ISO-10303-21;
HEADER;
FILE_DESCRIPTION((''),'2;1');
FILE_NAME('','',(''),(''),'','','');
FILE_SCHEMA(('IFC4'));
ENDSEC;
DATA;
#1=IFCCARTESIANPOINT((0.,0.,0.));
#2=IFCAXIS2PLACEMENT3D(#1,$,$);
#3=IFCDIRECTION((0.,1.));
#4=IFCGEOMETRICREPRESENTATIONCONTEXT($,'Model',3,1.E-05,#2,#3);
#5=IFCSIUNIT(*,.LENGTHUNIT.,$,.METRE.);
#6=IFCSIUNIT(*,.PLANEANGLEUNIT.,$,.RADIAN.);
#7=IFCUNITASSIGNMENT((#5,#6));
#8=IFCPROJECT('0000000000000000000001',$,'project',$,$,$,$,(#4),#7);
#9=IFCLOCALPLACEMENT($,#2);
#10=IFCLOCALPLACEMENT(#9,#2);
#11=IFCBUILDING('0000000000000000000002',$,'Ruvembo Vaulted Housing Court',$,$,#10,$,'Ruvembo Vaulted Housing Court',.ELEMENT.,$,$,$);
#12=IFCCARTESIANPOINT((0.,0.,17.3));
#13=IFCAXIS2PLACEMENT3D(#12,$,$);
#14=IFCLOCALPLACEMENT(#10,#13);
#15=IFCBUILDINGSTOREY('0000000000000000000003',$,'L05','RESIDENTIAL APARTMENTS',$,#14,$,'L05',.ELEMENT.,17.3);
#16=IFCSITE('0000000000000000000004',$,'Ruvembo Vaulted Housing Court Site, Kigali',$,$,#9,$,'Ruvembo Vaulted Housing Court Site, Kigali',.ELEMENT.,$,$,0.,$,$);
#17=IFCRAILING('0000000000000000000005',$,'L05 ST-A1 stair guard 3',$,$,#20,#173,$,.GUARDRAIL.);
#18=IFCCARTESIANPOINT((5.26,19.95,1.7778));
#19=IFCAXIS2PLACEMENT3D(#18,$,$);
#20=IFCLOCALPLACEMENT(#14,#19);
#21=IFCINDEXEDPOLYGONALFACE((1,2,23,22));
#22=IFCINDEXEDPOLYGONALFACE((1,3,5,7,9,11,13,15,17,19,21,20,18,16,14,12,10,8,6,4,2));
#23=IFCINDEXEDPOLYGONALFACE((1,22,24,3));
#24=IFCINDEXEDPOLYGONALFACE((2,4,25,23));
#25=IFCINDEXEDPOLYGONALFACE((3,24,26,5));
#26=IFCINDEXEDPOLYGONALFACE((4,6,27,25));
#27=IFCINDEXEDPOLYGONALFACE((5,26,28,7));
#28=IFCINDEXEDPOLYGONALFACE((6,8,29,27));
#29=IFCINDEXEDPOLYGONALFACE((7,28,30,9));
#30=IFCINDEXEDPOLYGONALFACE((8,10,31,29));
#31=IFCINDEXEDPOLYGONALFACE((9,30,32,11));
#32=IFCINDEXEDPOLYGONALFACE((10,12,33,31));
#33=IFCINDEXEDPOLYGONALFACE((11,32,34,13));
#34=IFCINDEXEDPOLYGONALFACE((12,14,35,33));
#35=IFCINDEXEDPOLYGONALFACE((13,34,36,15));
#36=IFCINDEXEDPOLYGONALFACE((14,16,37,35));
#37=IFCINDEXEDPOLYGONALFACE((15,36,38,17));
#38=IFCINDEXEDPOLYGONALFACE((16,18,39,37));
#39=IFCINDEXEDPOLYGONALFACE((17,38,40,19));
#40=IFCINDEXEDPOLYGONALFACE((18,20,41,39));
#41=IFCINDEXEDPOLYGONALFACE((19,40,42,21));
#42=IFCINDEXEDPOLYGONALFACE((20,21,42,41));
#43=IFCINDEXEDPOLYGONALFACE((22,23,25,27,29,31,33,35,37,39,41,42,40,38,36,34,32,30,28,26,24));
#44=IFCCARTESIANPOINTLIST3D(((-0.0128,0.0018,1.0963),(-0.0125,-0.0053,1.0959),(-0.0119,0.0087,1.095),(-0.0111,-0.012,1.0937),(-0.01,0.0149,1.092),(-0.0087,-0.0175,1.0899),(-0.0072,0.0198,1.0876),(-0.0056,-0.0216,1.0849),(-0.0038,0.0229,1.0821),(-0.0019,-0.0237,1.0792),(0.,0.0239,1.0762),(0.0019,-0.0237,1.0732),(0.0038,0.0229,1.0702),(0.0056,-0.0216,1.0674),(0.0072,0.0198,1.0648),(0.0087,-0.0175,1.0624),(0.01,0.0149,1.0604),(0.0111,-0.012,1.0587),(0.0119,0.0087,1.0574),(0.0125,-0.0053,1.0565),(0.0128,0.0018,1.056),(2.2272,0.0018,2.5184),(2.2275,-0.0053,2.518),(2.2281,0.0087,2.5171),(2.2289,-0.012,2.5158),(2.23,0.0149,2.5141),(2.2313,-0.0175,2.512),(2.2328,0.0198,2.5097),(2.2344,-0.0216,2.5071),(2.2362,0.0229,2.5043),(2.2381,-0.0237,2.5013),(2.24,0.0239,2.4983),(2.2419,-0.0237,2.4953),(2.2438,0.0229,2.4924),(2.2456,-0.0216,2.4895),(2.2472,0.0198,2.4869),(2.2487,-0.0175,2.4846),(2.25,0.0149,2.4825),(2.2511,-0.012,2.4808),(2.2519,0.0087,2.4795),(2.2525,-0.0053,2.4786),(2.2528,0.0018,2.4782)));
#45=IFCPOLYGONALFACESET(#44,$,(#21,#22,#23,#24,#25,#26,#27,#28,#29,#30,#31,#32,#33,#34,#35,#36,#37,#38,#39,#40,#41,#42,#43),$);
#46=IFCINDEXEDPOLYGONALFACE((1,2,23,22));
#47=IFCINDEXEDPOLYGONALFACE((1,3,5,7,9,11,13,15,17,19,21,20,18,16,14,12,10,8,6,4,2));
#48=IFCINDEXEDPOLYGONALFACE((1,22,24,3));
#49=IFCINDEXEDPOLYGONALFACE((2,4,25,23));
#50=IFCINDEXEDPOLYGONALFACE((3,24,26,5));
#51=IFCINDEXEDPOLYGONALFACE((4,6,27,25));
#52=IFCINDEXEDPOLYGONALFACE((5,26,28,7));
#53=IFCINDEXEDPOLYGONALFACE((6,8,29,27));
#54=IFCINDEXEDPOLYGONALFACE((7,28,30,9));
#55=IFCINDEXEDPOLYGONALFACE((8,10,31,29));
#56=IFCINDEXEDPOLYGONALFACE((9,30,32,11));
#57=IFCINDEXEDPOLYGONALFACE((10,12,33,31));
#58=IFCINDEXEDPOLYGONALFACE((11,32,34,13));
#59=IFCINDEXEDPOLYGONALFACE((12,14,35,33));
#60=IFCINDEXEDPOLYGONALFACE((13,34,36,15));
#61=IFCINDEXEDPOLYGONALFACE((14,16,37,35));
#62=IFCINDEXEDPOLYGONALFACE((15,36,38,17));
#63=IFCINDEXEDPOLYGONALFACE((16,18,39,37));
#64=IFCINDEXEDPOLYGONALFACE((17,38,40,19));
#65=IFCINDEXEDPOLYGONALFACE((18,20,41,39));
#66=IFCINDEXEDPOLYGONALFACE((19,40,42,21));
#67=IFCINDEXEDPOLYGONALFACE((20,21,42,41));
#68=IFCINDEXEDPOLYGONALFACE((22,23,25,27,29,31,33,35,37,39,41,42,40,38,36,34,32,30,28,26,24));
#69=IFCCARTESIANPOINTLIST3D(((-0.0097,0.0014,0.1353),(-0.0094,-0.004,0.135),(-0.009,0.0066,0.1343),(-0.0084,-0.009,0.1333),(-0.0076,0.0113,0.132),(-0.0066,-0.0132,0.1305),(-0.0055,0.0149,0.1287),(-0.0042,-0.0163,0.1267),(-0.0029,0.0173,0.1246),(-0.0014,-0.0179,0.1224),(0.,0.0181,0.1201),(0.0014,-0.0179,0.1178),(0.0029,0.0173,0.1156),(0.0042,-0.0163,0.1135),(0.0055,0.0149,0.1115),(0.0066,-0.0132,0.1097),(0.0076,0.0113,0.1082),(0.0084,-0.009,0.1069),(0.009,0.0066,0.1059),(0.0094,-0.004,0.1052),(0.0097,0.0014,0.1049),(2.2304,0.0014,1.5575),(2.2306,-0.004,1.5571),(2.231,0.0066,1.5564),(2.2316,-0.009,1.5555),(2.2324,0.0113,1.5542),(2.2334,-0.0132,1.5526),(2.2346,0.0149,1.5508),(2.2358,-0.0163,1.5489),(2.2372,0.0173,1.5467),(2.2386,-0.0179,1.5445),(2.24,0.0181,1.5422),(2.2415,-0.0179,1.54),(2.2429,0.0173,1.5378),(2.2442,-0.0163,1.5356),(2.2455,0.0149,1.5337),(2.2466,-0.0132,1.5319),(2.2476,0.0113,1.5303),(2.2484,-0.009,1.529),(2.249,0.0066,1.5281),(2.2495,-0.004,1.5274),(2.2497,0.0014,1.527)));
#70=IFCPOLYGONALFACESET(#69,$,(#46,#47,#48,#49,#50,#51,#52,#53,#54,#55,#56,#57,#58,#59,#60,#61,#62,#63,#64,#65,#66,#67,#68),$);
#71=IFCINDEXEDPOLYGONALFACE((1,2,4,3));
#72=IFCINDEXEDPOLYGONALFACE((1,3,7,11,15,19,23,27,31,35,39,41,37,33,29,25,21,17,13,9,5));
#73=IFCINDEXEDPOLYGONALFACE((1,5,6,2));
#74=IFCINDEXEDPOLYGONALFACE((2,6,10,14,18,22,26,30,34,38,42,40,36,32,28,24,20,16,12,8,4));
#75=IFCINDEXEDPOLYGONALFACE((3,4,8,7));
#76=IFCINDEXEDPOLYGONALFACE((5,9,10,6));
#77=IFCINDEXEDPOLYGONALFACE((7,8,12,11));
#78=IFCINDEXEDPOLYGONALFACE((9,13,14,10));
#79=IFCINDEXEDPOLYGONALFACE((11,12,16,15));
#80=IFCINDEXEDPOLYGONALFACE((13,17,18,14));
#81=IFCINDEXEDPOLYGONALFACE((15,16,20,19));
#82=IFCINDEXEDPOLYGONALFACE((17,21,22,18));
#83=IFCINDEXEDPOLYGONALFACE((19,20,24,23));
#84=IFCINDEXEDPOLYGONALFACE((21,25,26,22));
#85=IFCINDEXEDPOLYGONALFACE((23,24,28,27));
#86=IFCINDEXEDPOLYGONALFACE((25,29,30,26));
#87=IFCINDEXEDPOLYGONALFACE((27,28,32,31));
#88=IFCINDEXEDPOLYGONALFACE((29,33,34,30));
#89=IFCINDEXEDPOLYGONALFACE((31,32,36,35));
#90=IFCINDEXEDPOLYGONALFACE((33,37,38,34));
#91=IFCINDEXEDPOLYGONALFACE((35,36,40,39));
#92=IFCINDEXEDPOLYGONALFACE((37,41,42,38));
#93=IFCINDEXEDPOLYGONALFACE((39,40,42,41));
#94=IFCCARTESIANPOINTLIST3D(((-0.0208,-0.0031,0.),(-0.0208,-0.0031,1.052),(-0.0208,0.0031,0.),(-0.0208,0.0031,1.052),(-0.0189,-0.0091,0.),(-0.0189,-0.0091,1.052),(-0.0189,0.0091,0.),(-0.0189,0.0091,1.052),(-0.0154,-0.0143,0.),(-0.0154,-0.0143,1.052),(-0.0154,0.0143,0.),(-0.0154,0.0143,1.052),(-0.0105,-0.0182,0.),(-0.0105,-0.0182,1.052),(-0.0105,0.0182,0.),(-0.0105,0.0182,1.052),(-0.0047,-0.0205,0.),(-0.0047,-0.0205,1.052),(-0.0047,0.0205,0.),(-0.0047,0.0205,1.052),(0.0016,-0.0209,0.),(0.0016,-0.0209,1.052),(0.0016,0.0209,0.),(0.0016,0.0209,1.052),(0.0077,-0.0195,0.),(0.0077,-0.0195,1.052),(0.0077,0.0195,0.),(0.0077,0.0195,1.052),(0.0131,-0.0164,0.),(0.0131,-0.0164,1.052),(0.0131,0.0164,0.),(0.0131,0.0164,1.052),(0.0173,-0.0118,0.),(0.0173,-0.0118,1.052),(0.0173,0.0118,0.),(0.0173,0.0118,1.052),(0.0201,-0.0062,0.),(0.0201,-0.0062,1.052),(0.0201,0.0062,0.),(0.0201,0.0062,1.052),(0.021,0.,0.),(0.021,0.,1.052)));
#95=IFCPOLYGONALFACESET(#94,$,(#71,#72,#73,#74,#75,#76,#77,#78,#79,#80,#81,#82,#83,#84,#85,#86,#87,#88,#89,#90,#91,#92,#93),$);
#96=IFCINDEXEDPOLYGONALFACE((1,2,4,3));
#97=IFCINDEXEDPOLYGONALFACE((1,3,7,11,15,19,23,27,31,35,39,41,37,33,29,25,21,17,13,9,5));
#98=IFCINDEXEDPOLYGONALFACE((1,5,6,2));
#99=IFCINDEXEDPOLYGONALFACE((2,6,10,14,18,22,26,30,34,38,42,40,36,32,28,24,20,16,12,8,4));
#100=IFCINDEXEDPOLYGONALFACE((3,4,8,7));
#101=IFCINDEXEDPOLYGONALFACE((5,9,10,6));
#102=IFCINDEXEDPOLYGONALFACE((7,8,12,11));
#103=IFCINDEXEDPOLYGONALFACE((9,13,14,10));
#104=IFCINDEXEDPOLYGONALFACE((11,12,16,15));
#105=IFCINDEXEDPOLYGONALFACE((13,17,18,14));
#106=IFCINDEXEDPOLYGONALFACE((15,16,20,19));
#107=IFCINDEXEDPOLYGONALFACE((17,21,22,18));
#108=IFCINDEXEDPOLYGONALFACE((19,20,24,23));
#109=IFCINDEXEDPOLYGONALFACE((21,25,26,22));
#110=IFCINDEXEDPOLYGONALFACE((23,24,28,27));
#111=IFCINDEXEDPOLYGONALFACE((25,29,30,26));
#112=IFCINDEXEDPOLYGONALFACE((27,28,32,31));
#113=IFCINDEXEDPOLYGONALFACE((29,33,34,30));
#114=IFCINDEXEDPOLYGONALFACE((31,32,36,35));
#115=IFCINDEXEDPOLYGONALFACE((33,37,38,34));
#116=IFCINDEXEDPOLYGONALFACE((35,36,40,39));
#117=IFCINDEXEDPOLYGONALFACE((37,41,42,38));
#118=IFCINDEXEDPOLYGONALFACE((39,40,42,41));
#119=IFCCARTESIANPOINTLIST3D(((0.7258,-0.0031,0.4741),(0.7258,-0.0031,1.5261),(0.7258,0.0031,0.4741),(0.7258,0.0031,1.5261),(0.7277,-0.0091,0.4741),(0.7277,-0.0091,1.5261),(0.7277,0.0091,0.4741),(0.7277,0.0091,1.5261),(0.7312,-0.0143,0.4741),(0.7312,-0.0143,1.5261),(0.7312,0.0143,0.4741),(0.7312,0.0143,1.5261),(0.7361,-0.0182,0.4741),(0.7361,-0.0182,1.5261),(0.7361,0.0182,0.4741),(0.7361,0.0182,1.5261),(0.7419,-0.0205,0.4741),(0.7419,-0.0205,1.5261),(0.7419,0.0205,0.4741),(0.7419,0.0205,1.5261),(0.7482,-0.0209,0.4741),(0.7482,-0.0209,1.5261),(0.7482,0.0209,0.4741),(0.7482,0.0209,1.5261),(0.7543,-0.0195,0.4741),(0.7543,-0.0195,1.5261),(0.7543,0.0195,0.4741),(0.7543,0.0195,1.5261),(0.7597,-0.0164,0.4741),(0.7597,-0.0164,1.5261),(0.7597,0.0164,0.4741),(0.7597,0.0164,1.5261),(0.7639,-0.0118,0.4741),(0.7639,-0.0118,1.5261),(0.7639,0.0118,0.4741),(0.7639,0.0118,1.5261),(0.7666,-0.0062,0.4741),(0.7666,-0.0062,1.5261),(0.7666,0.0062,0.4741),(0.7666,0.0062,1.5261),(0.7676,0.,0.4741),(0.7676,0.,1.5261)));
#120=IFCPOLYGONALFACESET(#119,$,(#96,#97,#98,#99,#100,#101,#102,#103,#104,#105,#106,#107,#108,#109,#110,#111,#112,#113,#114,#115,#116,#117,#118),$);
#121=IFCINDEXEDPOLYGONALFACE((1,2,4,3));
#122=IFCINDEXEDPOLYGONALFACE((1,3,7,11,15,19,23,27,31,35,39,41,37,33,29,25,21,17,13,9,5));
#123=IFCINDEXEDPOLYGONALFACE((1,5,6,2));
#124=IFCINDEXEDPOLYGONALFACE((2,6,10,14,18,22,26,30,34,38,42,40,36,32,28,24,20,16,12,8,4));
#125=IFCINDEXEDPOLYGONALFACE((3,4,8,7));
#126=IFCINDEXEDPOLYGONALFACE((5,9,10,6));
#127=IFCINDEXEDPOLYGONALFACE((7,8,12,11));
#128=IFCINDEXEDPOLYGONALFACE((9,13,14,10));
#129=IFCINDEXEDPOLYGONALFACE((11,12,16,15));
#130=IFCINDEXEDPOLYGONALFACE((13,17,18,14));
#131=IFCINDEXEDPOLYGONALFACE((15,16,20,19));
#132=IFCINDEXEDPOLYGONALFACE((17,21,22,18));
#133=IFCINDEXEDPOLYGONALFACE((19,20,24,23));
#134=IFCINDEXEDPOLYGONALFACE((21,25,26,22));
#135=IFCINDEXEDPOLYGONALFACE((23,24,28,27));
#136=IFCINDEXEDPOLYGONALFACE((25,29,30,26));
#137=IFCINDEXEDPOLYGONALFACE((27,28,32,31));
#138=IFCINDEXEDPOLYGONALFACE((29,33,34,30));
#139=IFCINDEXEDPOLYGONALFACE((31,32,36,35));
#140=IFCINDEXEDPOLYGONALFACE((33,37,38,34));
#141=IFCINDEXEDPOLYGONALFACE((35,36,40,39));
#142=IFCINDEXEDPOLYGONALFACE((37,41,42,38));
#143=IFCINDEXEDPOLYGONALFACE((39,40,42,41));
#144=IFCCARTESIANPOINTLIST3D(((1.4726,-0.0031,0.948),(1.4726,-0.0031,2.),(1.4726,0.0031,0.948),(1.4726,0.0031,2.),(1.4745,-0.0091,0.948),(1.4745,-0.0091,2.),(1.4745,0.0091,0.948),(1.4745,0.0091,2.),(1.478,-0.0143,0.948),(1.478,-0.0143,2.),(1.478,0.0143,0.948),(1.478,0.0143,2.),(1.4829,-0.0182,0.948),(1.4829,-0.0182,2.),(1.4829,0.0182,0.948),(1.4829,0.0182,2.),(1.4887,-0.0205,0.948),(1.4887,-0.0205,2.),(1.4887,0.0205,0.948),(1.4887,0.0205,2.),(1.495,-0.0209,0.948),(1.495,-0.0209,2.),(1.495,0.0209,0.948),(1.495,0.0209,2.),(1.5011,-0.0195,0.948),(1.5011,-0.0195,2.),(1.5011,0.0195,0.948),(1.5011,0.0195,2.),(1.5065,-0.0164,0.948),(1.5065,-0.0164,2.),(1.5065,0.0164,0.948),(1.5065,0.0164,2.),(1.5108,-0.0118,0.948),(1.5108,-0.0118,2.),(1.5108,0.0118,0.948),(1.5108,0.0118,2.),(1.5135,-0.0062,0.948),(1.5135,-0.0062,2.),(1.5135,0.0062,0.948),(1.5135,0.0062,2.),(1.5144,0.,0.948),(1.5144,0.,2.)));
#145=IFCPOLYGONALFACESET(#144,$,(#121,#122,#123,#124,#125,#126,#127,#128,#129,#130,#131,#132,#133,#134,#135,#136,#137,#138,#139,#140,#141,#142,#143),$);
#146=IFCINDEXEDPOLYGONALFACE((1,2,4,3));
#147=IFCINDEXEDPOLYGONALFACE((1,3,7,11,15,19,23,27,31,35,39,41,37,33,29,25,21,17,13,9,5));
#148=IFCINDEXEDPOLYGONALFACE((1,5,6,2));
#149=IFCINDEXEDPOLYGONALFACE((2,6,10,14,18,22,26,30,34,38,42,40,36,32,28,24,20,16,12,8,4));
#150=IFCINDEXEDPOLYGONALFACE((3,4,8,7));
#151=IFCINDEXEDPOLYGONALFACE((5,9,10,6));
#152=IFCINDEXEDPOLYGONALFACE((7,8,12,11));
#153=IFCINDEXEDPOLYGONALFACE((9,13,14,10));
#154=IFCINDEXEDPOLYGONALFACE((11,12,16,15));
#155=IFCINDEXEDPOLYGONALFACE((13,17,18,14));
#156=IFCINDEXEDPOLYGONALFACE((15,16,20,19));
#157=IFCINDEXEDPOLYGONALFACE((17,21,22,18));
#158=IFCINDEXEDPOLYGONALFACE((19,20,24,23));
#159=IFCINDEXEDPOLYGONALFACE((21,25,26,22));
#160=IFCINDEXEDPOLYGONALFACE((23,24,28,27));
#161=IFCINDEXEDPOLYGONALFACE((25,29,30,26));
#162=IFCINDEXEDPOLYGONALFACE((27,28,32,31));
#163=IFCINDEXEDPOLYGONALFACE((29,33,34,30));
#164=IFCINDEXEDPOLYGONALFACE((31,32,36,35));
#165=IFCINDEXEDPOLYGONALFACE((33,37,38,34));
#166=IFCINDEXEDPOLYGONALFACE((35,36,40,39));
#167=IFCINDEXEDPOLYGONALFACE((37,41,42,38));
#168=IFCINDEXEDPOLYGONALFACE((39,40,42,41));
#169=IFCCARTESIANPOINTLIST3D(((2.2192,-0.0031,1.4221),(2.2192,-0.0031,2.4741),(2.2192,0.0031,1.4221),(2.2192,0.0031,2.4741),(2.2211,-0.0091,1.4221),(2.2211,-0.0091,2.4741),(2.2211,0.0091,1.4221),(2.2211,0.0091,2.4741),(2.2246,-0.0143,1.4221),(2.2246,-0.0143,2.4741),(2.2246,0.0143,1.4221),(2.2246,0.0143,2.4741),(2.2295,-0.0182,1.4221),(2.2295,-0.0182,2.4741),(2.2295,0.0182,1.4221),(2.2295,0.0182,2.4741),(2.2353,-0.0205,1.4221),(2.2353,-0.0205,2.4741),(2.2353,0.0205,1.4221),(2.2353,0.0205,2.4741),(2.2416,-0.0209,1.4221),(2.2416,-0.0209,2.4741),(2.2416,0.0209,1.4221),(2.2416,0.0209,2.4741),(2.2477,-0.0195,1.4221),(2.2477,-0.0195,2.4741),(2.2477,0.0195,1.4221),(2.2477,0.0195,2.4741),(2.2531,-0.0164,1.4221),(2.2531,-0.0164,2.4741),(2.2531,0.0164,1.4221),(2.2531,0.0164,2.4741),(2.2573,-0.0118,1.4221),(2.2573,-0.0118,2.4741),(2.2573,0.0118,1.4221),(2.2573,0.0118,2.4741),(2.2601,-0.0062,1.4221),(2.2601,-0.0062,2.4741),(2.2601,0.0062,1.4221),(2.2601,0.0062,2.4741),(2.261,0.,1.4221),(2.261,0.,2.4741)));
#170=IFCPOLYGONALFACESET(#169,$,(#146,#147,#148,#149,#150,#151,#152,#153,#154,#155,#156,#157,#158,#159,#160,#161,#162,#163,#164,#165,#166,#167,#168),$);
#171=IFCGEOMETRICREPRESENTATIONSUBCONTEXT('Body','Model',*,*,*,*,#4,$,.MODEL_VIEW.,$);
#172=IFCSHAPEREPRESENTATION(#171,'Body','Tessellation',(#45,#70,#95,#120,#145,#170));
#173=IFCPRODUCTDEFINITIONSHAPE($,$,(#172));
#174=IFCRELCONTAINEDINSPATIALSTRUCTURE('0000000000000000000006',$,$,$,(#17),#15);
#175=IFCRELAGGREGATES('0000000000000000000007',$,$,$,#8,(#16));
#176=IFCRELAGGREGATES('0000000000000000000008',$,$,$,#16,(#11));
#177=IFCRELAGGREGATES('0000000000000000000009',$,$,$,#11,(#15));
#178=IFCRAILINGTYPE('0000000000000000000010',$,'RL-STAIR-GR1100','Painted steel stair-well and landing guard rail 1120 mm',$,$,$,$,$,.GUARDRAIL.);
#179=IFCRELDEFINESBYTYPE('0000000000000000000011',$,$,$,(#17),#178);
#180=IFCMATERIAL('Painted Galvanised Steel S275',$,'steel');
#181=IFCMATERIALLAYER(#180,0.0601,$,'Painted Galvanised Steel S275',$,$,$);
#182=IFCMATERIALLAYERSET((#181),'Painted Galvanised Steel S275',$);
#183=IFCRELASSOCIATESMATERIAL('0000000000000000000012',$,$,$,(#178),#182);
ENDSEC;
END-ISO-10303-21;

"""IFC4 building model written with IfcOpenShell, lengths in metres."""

from ifc_helpers import new_model, si_unit, direction, frame, origin, origin_2d, place, context, subcontext, project, spatial, circle, extrude, material, layer, layer_set, type_object, element, save


model = new_model("IFC4")

# Units and contexts
model_context = context("Model", 3, precision=1e-05, world=origin(), true_north=direction((0.0, 1.0)))
body_context = subcontext(model_context, "Body", "Model", "MODEL_VIEW")
ifc_project = project(units=[si_unit("LENGTHUNIT", "METRE"), si_unit("PLANEANGLEUNIT", "RADIAN")], contexts=[model_context])

# Site, building, storey
site_placement = place(None, origin())
site = spatial("IfcSite", under=ifc_project, at=site_placement, Name="Ruvembo Vaulted Housing Court Site, Kigali", LongName="Ruvembo Vaulted Housing Court Site, Kigali", CompositionType="ELEMENT", RefElevation=0.0)
building_placement = place(site_placement, origin())
building = spatial("IfcBuilding", under=site, at=building_placement, Name="Ruvembo Vaulted Housing Court", LongName="Ruvembo Vaulted Housing Court", CompositionType="ELEMENT")
storey_placement = place(building_placement, frame((0.0, 0.0, 17.3)))
storey = spatial("IfcBuildingStorey", under=building, at=storey_placement, Name="L05", Description="RESIDENTIAL APARTMENTS", LongName="L05", CompositionType="ELEMENT", Elevation=17.3)

# Railing
ifc_material_1 = material(Name="Painted Galvanised Steel S275", Category="steel")
ifc_layer_1 = layer(ifc_material_1, 0.0601, Name="Painted Galvanised Steel S275")
ifc_layer_set_1 = layer_set([ifc_layer_1], Name="Painted Galvanised Steel S275")
railing_type_1 = type_object("IfcRailingType", Name="RL-STAIR-GR1100", Description="Painted steel stair-well and landing guard rail 1120 mm", PredefinedType="GUARDRAIL", material=ifc_layer_set_1)
railing_1_placement = place(storey_placement, frame((5.26, 19.95, 1.7778)))
element("IfcRailing", 1, at=railing_1_placement, inside=storey, type_object=railing_type_1, Name="L05 ST-A1 stair guard 3", PredefinedType="GUARDRAIL", context=body_context, shape_type="SweptSolid", body=[
    extrude(circle(Radius=0.0239, at=origin_2d()), frame((0.0, 0.0, 1.0762), z_axis=(0.844229, 0.0, 0.535982), x_axis=(0.0, 1.0, 0.0)), (0.0, 0.0, 1.0), 2.6533),
    extrude(circle(Radius=0.0181, at=origin_2d()), frame((0.0, 0.0, 0.1201), z_axis=(0.844229, 0.0, 0.535982), x_axis=(0.0, 1.0, 0.0)), (0.0, 0.0, 1.0), 2.6533),
    extrude(circle(Radius=0.021, at=origin_2d()), origin(), (0.0, 0.0, 1.0), 1.052),
    extrude(circle(Radius=0.021, at=origin_2d()), frame((0.7466, 0.0, 0.4741)), (0.0, 0.0, 1.0), 1.052),
    extrude(circle(Radius=0.021, at=origin_2d()), frame((1.4934, 0.0, 0.948)), (0.0, 0.0, 1.0), 1.052),
    extrude(circle(Radius=0.021, at=origin_2d()), frame((2.24, 0.0, 1.4221)), (0.0, 0.0, 1.0), 1.052),
])

save(model, "model.ifc")
